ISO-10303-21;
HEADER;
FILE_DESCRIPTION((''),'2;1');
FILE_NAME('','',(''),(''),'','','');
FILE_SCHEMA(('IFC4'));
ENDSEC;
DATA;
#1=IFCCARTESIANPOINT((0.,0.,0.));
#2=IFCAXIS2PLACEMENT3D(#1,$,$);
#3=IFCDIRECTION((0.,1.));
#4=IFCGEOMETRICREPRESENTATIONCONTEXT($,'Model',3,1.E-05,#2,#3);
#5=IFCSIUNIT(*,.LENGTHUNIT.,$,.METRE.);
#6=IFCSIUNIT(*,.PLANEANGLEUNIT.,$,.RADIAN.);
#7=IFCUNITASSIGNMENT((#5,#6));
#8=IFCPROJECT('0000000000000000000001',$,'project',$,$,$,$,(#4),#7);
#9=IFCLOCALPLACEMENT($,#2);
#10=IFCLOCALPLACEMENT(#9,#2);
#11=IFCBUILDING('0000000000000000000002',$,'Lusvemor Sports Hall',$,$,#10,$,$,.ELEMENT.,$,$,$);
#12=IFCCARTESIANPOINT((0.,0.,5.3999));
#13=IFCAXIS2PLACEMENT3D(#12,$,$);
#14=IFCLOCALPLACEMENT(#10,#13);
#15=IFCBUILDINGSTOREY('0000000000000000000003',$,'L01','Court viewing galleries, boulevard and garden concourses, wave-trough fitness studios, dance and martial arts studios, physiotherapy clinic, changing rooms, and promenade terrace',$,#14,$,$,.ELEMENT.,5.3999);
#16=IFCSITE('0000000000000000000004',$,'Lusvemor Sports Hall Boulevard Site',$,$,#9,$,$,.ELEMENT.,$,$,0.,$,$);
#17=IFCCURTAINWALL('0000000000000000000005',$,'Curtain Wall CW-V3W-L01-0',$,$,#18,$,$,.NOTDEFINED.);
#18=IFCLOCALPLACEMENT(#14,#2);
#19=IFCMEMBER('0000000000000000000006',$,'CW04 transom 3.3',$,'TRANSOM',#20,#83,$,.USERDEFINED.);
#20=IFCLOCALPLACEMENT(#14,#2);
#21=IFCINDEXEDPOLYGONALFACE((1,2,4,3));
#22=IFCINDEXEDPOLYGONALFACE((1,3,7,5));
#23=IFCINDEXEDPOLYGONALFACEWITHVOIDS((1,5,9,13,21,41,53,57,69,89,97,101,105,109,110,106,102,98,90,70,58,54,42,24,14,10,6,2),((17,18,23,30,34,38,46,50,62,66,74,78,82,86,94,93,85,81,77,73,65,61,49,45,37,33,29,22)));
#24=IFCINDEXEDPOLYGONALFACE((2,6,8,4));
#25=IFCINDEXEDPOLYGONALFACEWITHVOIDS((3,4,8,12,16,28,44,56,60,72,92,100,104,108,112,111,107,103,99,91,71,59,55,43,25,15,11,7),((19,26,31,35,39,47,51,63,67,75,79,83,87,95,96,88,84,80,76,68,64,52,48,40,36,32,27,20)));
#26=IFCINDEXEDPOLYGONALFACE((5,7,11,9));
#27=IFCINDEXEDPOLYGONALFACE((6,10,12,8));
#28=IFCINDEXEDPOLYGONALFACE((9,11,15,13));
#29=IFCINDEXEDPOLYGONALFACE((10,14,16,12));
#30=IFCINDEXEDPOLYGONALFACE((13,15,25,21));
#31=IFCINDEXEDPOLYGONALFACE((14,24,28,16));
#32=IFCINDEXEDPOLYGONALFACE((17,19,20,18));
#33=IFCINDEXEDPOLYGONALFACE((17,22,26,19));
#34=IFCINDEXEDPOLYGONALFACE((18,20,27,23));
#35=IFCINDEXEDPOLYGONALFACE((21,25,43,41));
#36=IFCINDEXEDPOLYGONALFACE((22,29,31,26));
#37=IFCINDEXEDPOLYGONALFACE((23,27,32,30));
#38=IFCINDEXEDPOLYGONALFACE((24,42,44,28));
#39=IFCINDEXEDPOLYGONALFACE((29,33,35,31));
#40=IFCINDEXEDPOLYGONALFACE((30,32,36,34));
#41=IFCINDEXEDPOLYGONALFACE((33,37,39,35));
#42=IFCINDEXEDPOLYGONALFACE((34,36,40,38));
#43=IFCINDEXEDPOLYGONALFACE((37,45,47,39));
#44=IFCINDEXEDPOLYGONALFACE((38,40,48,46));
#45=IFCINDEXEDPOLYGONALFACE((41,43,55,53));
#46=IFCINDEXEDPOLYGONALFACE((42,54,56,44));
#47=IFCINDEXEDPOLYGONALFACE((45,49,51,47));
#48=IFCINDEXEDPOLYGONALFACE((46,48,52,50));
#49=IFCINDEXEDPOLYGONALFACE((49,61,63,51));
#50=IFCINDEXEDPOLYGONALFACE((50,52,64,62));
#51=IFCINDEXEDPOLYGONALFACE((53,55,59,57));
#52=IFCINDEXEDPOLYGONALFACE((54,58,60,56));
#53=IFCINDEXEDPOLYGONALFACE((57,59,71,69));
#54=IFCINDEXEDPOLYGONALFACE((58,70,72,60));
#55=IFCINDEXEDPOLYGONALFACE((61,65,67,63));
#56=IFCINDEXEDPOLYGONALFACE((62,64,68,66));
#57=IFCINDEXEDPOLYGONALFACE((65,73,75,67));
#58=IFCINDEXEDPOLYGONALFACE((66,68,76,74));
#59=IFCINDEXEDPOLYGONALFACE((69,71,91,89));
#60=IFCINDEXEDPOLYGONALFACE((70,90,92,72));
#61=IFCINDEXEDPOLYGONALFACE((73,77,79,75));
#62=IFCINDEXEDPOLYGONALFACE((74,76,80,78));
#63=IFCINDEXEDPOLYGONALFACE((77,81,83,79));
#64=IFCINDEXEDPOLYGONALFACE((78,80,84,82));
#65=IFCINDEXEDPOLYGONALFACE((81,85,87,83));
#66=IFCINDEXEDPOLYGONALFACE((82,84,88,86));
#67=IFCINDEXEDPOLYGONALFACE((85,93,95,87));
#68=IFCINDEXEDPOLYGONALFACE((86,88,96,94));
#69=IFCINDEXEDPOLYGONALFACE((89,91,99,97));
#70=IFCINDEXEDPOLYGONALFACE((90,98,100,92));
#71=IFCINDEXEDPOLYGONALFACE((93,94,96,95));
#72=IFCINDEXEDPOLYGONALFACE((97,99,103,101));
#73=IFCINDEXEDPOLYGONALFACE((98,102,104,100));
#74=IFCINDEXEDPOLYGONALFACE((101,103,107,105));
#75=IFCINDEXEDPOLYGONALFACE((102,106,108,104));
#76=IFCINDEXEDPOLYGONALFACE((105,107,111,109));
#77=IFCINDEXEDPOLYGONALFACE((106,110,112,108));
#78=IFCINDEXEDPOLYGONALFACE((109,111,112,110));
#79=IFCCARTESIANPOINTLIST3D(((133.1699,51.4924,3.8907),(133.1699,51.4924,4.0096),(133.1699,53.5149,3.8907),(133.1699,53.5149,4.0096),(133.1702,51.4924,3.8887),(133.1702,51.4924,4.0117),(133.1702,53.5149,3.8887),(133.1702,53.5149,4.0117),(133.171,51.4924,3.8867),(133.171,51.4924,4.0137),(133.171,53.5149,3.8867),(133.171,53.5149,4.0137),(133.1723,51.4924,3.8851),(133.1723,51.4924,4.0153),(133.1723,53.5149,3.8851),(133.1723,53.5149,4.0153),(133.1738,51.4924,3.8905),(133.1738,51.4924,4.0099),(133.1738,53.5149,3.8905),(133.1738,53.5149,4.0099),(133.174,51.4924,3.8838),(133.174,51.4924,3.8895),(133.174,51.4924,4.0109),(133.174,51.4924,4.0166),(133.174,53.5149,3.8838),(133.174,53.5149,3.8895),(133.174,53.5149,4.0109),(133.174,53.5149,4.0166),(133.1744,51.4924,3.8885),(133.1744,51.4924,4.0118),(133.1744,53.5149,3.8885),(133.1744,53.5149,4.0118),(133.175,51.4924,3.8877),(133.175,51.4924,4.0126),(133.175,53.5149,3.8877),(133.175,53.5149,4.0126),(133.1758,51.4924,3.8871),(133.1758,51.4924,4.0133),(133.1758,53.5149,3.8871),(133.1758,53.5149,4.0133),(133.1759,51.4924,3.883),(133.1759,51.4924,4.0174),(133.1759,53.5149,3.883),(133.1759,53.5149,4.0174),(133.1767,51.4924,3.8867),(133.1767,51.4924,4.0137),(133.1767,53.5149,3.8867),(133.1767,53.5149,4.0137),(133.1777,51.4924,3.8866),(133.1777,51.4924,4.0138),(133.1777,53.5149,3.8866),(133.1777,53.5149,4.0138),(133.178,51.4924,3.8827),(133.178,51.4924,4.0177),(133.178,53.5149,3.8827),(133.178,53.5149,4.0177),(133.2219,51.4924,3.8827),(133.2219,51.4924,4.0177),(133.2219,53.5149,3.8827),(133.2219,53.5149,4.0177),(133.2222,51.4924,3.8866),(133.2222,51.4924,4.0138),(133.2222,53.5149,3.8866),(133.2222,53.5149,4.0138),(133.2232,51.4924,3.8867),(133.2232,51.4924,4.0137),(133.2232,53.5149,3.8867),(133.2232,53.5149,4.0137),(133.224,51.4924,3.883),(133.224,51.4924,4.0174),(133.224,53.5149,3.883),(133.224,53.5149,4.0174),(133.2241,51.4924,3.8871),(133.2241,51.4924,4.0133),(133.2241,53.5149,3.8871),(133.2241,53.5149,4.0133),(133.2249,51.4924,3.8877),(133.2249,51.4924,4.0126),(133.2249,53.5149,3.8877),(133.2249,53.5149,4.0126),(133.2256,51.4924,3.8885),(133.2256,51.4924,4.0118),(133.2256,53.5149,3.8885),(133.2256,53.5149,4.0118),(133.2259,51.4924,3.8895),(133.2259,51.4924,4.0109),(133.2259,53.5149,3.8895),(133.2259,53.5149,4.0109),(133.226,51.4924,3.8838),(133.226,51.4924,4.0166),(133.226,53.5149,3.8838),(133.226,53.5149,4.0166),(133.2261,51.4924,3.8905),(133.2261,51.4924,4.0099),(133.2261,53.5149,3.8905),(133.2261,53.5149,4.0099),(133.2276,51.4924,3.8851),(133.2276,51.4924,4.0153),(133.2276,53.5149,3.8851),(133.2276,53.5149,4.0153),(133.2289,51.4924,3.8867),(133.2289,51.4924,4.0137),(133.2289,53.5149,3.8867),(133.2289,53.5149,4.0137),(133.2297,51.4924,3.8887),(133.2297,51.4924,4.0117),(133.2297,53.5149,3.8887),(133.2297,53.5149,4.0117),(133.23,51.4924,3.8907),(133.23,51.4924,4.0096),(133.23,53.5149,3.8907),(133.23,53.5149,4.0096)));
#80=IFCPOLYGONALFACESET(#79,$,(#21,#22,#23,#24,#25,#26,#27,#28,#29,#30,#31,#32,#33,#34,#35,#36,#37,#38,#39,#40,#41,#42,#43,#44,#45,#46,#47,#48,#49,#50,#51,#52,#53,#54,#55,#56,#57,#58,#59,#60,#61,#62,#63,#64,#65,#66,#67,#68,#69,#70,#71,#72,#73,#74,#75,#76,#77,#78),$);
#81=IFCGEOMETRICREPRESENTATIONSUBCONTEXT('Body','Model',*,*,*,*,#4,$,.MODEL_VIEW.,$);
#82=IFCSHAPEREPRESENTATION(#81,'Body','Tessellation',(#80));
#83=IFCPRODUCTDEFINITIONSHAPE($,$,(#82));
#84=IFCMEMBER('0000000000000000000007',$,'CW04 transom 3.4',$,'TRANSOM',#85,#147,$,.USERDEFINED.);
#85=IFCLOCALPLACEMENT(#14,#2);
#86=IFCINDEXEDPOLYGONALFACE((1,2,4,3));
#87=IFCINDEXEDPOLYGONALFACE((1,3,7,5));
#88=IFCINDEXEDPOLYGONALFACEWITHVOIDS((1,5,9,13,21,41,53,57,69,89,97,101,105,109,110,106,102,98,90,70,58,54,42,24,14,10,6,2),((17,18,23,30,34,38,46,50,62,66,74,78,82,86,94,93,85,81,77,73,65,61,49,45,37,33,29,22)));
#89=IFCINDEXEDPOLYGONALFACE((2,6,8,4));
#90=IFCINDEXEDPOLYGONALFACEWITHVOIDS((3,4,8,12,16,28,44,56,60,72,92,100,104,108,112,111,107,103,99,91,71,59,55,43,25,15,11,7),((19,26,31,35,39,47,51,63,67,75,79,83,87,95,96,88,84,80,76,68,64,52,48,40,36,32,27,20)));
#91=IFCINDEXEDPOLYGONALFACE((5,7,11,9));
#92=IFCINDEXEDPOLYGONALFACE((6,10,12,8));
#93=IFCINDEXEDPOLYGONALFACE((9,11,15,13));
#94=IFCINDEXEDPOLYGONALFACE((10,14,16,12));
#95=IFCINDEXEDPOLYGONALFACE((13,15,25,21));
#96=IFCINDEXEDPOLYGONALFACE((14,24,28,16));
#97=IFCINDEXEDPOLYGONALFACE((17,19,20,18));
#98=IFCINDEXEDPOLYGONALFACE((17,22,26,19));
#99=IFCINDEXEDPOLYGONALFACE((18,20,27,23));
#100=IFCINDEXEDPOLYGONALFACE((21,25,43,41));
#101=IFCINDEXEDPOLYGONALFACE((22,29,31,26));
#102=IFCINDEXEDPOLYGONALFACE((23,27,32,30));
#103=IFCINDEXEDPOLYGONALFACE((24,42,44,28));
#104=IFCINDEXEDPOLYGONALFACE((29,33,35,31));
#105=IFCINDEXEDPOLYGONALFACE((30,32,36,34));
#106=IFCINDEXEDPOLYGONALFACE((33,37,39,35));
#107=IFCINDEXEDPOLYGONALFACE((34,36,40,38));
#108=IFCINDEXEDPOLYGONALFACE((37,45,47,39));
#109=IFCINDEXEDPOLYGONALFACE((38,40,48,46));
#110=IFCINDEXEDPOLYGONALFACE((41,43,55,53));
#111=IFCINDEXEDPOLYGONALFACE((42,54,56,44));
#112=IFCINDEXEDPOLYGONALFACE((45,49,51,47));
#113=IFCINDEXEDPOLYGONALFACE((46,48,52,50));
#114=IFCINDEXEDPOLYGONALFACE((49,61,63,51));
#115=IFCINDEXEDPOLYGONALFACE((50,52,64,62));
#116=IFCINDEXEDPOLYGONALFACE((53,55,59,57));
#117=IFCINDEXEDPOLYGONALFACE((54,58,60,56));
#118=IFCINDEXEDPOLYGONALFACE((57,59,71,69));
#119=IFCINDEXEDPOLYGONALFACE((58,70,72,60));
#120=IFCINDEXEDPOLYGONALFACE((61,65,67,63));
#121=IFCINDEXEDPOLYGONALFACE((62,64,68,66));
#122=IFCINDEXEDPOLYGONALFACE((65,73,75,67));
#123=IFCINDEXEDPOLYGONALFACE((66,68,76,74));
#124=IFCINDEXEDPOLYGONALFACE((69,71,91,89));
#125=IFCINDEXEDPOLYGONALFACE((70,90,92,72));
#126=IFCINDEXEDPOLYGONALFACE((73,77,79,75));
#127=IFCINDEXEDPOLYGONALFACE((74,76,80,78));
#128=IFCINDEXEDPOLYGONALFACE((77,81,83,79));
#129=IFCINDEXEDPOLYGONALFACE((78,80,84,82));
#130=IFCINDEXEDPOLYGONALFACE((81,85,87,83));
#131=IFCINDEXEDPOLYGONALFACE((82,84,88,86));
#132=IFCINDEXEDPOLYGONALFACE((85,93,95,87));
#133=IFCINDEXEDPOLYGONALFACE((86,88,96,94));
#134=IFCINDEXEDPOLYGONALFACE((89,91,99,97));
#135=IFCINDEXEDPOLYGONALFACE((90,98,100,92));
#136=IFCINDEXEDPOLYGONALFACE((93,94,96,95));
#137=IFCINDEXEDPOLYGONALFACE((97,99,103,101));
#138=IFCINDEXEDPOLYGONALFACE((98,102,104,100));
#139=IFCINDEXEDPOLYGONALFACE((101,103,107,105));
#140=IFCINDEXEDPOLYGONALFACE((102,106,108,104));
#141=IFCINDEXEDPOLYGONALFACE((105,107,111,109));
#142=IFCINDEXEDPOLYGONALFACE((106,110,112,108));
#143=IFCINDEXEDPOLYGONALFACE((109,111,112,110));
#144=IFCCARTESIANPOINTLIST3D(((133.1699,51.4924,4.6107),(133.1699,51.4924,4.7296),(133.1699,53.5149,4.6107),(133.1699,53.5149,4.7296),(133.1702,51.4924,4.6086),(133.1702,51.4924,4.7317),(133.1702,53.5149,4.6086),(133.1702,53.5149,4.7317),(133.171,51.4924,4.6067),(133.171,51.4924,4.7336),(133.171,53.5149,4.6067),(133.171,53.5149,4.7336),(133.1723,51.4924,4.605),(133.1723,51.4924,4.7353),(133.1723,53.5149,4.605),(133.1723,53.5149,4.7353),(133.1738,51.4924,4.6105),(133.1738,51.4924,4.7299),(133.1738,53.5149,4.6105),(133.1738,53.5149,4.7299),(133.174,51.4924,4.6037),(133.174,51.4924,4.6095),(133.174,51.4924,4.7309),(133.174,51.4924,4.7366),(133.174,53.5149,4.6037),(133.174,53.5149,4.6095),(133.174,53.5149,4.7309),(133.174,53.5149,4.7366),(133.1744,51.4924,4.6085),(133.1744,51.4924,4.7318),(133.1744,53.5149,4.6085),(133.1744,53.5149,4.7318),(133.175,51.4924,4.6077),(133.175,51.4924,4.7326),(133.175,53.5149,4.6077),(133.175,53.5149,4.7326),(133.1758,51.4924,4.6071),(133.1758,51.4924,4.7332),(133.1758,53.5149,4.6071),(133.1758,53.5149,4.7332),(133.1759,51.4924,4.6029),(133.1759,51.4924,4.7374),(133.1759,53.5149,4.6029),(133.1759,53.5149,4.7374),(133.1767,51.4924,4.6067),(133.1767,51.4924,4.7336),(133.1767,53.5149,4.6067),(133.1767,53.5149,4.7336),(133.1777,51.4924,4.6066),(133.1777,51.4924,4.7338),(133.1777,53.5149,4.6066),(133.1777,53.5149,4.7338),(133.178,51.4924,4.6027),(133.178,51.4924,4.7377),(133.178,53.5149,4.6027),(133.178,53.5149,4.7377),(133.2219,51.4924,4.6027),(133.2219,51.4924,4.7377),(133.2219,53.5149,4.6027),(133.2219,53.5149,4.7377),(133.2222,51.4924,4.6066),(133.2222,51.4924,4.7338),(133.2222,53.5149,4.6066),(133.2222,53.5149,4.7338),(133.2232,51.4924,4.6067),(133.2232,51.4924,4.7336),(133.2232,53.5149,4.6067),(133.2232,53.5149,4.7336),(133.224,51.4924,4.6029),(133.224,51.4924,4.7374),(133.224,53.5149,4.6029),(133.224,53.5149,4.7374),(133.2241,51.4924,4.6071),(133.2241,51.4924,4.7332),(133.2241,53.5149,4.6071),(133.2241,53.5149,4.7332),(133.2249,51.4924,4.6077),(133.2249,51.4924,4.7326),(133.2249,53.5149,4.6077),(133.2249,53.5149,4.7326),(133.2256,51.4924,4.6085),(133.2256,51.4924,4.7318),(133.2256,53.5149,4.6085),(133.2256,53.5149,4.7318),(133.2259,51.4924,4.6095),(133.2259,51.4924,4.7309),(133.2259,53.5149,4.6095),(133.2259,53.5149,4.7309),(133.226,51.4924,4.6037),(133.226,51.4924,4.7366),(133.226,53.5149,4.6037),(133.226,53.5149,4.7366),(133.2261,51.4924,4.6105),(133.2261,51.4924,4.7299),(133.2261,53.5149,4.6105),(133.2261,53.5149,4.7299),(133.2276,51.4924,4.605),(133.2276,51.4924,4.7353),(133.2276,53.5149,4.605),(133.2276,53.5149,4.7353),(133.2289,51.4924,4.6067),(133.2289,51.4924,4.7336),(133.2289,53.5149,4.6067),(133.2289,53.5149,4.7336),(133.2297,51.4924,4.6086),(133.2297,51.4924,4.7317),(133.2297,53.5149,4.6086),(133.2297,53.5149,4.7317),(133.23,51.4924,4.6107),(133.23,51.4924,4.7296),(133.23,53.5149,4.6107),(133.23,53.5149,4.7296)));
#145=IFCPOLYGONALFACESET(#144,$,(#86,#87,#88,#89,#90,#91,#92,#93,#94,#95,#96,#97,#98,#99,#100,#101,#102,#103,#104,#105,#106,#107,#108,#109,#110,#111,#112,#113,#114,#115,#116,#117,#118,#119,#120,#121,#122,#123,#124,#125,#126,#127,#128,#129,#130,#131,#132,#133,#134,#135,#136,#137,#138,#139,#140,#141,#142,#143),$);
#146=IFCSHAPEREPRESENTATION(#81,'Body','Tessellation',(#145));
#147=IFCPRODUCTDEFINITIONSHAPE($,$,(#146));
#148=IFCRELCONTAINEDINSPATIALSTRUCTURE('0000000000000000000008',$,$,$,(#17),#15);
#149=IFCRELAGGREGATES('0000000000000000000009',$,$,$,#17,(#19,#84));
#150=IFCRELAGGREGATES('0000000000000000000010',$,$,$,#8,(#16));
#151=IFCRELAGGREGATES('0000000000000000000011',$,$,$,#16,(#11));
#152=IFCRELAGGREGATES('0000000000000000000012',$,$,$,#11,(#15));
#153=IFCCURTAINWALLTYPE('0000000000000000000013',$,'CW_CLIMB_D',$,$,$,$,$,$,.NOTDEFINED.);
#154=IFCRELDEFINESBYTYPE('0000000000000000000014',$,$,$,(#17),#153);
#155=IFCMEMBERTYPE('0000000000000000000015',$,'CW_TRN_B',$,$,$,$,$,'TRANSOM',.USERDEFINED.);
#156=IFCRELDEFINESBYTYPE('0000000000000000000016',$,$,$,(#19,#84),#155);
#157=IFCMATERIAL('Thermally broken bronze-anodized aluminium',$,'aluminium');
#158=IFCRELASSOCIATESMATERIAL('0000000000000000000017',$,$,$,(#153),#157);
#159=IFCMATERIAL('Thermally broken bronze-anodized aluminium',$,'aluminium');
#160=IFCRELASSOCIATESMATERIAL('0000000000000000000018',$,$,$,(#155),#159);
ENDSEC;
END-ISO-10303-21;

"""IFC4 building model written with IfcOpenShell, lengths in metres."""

from ifc_helpers import new_model, si_unit, direction, frame, origin, origin_2d, place, context, subcontext, project, spatial, hollow_rectangle, extrude, material, material_profile, profile_set, type_object, element, aggregate, save


model = new_model("IFC4")

# Units and contexts
model_context = context("Model", 3, precision=1e-05, world=origin(), true_north=direction((0.0, 1.0)))
body_context = subcontext(model_context, "Body", "Model", "MODEL_VIEW")
ifc_project = project(units=[si_unit("LENGTHUNIT", "METRE"), si_unit("PLANEANGLEUNIT", "RADIAN")], contexts=[model_context])

# Site, building, storey
site_placement = place(None, origin())
site = spatial("IfcSite", under=ifc_project, at=site_placement, Name="Lusvemor Sports Hall Boulevard Site", CompositionType="ELEMENT", RefElevation=0.0)
building_placement = place(site_placement, origin())
building = spatial("IfcBuilding", under=site, at=building_placement, Name="Lusvemor Sports Hall", CompositionType="ELEMENT")
storey_placement = place(building_placement, frame((0.0, 0.0, 5.3999)))
storey = spatial("IfcBuildingStorey", under=building, at=storey_placement, Name="L01", Description="Court viewing galleries, boulevard and garden concourses, wave-trough fitness studios, dance and martial arts studios, physiotherapy clinic, changing rooms, and promenade terrace", CompositionType="ELEMENT", Elevation=5.3999)

# Curtain wall
ifc_material_1 = material(Name="Thermally broken bronze-anodized aluminium", Category="aluminium")
curtain_wall_type = type_object("IfcCurtainWallType", Name="CW_CLIMB_D", PredefinedType="NOTDEFINED", material=ifc_material_1)
curtain_wall_1_placement = place(storey_placement, origin())
curtain_wall_1 = element("IfcCurtainWall", 1, at=curtain_wall_1_placement, inside=storey, type_object=curtain_wall_type, Name="Curtain Wall CW-V3W-L01-0", PredefinedType="NOTDEFINED")

# Members
ifc_material_2 = material(Name="Thermally broken bronze-anodized aluminium", Category="aluminium")
ifc_material_profile_1 = material_profile(ifc_material_2, hollow_rectangle(XDim=0.0601, YDim=0.135, WallThickness=0.0039, InnerFilletRadius=0.0039, OuterFilletRadius=0.0081, at=origin_2d()), Name="CWTRN135x60x4")
ifc_profile_set_1 = profile_set([ifc_material_profile_1], Name="Thermally broken bronze-anodized aluminium")
member_type_1 = type_object("IfcMemberType", Name="CW_TRN_B", ElementType="TRANSOM", PredefinedType="USERDEFINED", material=ifc_profile_set_1)
member_1_placement = place(storey_placement, frame((133.2, 51.4924, 3.9502), z_axis=(0.0, 1.0, 0.0), x_axis=(-1.0, 0.0, 0.0)))
member_1 = element("IfcMember", 2, at=member_1_placement, type_object=member_type_1, Name="CW04 transom 3.3", ObjectType="TRANSOM", PredefinedType="USERDEFINED", context=body_context, shape_type="SweptSolid", body=[
    extrude(hollow_rectangle(XDim=0.0601, YDim=0.135, WallThickness=0.0039, InnerFilletRadius=0.0039, OuterFilletRadius=0.0081, at=origin_2d()), origin(), (0.0, 0.0, 1.0), 2.0225),
])
member_2_placement = place(storey_placement, frame((133.2, 51.4924, 4.6702), z_axis=(0.0, 1.0, 0.0), x_axis=(-1.0, 0.0, 0.0)))
member_2 = element("IfcMember", 3, at=member_2_placement, type_object=member_type_1, Name="CW04 transom 3.4", ObjectType="TRANSOM", PredefinedType="USERDEFINED", context=body_context, shape_type="SweptSolid", body=[
    extrude(hollow_rectangle(XDim=0.0601, YDim=0.135, WallThickness=0.0039, InnerFilletRadius=0.0039, OuterFilletRadius=0.0081, at=origin_2d()), origin(), (0.0, 0.0, 1.0), 2.0225),
])

aggregate(curtain_wall_1, [member_1, member_2])

save(model, "model.ifc")
